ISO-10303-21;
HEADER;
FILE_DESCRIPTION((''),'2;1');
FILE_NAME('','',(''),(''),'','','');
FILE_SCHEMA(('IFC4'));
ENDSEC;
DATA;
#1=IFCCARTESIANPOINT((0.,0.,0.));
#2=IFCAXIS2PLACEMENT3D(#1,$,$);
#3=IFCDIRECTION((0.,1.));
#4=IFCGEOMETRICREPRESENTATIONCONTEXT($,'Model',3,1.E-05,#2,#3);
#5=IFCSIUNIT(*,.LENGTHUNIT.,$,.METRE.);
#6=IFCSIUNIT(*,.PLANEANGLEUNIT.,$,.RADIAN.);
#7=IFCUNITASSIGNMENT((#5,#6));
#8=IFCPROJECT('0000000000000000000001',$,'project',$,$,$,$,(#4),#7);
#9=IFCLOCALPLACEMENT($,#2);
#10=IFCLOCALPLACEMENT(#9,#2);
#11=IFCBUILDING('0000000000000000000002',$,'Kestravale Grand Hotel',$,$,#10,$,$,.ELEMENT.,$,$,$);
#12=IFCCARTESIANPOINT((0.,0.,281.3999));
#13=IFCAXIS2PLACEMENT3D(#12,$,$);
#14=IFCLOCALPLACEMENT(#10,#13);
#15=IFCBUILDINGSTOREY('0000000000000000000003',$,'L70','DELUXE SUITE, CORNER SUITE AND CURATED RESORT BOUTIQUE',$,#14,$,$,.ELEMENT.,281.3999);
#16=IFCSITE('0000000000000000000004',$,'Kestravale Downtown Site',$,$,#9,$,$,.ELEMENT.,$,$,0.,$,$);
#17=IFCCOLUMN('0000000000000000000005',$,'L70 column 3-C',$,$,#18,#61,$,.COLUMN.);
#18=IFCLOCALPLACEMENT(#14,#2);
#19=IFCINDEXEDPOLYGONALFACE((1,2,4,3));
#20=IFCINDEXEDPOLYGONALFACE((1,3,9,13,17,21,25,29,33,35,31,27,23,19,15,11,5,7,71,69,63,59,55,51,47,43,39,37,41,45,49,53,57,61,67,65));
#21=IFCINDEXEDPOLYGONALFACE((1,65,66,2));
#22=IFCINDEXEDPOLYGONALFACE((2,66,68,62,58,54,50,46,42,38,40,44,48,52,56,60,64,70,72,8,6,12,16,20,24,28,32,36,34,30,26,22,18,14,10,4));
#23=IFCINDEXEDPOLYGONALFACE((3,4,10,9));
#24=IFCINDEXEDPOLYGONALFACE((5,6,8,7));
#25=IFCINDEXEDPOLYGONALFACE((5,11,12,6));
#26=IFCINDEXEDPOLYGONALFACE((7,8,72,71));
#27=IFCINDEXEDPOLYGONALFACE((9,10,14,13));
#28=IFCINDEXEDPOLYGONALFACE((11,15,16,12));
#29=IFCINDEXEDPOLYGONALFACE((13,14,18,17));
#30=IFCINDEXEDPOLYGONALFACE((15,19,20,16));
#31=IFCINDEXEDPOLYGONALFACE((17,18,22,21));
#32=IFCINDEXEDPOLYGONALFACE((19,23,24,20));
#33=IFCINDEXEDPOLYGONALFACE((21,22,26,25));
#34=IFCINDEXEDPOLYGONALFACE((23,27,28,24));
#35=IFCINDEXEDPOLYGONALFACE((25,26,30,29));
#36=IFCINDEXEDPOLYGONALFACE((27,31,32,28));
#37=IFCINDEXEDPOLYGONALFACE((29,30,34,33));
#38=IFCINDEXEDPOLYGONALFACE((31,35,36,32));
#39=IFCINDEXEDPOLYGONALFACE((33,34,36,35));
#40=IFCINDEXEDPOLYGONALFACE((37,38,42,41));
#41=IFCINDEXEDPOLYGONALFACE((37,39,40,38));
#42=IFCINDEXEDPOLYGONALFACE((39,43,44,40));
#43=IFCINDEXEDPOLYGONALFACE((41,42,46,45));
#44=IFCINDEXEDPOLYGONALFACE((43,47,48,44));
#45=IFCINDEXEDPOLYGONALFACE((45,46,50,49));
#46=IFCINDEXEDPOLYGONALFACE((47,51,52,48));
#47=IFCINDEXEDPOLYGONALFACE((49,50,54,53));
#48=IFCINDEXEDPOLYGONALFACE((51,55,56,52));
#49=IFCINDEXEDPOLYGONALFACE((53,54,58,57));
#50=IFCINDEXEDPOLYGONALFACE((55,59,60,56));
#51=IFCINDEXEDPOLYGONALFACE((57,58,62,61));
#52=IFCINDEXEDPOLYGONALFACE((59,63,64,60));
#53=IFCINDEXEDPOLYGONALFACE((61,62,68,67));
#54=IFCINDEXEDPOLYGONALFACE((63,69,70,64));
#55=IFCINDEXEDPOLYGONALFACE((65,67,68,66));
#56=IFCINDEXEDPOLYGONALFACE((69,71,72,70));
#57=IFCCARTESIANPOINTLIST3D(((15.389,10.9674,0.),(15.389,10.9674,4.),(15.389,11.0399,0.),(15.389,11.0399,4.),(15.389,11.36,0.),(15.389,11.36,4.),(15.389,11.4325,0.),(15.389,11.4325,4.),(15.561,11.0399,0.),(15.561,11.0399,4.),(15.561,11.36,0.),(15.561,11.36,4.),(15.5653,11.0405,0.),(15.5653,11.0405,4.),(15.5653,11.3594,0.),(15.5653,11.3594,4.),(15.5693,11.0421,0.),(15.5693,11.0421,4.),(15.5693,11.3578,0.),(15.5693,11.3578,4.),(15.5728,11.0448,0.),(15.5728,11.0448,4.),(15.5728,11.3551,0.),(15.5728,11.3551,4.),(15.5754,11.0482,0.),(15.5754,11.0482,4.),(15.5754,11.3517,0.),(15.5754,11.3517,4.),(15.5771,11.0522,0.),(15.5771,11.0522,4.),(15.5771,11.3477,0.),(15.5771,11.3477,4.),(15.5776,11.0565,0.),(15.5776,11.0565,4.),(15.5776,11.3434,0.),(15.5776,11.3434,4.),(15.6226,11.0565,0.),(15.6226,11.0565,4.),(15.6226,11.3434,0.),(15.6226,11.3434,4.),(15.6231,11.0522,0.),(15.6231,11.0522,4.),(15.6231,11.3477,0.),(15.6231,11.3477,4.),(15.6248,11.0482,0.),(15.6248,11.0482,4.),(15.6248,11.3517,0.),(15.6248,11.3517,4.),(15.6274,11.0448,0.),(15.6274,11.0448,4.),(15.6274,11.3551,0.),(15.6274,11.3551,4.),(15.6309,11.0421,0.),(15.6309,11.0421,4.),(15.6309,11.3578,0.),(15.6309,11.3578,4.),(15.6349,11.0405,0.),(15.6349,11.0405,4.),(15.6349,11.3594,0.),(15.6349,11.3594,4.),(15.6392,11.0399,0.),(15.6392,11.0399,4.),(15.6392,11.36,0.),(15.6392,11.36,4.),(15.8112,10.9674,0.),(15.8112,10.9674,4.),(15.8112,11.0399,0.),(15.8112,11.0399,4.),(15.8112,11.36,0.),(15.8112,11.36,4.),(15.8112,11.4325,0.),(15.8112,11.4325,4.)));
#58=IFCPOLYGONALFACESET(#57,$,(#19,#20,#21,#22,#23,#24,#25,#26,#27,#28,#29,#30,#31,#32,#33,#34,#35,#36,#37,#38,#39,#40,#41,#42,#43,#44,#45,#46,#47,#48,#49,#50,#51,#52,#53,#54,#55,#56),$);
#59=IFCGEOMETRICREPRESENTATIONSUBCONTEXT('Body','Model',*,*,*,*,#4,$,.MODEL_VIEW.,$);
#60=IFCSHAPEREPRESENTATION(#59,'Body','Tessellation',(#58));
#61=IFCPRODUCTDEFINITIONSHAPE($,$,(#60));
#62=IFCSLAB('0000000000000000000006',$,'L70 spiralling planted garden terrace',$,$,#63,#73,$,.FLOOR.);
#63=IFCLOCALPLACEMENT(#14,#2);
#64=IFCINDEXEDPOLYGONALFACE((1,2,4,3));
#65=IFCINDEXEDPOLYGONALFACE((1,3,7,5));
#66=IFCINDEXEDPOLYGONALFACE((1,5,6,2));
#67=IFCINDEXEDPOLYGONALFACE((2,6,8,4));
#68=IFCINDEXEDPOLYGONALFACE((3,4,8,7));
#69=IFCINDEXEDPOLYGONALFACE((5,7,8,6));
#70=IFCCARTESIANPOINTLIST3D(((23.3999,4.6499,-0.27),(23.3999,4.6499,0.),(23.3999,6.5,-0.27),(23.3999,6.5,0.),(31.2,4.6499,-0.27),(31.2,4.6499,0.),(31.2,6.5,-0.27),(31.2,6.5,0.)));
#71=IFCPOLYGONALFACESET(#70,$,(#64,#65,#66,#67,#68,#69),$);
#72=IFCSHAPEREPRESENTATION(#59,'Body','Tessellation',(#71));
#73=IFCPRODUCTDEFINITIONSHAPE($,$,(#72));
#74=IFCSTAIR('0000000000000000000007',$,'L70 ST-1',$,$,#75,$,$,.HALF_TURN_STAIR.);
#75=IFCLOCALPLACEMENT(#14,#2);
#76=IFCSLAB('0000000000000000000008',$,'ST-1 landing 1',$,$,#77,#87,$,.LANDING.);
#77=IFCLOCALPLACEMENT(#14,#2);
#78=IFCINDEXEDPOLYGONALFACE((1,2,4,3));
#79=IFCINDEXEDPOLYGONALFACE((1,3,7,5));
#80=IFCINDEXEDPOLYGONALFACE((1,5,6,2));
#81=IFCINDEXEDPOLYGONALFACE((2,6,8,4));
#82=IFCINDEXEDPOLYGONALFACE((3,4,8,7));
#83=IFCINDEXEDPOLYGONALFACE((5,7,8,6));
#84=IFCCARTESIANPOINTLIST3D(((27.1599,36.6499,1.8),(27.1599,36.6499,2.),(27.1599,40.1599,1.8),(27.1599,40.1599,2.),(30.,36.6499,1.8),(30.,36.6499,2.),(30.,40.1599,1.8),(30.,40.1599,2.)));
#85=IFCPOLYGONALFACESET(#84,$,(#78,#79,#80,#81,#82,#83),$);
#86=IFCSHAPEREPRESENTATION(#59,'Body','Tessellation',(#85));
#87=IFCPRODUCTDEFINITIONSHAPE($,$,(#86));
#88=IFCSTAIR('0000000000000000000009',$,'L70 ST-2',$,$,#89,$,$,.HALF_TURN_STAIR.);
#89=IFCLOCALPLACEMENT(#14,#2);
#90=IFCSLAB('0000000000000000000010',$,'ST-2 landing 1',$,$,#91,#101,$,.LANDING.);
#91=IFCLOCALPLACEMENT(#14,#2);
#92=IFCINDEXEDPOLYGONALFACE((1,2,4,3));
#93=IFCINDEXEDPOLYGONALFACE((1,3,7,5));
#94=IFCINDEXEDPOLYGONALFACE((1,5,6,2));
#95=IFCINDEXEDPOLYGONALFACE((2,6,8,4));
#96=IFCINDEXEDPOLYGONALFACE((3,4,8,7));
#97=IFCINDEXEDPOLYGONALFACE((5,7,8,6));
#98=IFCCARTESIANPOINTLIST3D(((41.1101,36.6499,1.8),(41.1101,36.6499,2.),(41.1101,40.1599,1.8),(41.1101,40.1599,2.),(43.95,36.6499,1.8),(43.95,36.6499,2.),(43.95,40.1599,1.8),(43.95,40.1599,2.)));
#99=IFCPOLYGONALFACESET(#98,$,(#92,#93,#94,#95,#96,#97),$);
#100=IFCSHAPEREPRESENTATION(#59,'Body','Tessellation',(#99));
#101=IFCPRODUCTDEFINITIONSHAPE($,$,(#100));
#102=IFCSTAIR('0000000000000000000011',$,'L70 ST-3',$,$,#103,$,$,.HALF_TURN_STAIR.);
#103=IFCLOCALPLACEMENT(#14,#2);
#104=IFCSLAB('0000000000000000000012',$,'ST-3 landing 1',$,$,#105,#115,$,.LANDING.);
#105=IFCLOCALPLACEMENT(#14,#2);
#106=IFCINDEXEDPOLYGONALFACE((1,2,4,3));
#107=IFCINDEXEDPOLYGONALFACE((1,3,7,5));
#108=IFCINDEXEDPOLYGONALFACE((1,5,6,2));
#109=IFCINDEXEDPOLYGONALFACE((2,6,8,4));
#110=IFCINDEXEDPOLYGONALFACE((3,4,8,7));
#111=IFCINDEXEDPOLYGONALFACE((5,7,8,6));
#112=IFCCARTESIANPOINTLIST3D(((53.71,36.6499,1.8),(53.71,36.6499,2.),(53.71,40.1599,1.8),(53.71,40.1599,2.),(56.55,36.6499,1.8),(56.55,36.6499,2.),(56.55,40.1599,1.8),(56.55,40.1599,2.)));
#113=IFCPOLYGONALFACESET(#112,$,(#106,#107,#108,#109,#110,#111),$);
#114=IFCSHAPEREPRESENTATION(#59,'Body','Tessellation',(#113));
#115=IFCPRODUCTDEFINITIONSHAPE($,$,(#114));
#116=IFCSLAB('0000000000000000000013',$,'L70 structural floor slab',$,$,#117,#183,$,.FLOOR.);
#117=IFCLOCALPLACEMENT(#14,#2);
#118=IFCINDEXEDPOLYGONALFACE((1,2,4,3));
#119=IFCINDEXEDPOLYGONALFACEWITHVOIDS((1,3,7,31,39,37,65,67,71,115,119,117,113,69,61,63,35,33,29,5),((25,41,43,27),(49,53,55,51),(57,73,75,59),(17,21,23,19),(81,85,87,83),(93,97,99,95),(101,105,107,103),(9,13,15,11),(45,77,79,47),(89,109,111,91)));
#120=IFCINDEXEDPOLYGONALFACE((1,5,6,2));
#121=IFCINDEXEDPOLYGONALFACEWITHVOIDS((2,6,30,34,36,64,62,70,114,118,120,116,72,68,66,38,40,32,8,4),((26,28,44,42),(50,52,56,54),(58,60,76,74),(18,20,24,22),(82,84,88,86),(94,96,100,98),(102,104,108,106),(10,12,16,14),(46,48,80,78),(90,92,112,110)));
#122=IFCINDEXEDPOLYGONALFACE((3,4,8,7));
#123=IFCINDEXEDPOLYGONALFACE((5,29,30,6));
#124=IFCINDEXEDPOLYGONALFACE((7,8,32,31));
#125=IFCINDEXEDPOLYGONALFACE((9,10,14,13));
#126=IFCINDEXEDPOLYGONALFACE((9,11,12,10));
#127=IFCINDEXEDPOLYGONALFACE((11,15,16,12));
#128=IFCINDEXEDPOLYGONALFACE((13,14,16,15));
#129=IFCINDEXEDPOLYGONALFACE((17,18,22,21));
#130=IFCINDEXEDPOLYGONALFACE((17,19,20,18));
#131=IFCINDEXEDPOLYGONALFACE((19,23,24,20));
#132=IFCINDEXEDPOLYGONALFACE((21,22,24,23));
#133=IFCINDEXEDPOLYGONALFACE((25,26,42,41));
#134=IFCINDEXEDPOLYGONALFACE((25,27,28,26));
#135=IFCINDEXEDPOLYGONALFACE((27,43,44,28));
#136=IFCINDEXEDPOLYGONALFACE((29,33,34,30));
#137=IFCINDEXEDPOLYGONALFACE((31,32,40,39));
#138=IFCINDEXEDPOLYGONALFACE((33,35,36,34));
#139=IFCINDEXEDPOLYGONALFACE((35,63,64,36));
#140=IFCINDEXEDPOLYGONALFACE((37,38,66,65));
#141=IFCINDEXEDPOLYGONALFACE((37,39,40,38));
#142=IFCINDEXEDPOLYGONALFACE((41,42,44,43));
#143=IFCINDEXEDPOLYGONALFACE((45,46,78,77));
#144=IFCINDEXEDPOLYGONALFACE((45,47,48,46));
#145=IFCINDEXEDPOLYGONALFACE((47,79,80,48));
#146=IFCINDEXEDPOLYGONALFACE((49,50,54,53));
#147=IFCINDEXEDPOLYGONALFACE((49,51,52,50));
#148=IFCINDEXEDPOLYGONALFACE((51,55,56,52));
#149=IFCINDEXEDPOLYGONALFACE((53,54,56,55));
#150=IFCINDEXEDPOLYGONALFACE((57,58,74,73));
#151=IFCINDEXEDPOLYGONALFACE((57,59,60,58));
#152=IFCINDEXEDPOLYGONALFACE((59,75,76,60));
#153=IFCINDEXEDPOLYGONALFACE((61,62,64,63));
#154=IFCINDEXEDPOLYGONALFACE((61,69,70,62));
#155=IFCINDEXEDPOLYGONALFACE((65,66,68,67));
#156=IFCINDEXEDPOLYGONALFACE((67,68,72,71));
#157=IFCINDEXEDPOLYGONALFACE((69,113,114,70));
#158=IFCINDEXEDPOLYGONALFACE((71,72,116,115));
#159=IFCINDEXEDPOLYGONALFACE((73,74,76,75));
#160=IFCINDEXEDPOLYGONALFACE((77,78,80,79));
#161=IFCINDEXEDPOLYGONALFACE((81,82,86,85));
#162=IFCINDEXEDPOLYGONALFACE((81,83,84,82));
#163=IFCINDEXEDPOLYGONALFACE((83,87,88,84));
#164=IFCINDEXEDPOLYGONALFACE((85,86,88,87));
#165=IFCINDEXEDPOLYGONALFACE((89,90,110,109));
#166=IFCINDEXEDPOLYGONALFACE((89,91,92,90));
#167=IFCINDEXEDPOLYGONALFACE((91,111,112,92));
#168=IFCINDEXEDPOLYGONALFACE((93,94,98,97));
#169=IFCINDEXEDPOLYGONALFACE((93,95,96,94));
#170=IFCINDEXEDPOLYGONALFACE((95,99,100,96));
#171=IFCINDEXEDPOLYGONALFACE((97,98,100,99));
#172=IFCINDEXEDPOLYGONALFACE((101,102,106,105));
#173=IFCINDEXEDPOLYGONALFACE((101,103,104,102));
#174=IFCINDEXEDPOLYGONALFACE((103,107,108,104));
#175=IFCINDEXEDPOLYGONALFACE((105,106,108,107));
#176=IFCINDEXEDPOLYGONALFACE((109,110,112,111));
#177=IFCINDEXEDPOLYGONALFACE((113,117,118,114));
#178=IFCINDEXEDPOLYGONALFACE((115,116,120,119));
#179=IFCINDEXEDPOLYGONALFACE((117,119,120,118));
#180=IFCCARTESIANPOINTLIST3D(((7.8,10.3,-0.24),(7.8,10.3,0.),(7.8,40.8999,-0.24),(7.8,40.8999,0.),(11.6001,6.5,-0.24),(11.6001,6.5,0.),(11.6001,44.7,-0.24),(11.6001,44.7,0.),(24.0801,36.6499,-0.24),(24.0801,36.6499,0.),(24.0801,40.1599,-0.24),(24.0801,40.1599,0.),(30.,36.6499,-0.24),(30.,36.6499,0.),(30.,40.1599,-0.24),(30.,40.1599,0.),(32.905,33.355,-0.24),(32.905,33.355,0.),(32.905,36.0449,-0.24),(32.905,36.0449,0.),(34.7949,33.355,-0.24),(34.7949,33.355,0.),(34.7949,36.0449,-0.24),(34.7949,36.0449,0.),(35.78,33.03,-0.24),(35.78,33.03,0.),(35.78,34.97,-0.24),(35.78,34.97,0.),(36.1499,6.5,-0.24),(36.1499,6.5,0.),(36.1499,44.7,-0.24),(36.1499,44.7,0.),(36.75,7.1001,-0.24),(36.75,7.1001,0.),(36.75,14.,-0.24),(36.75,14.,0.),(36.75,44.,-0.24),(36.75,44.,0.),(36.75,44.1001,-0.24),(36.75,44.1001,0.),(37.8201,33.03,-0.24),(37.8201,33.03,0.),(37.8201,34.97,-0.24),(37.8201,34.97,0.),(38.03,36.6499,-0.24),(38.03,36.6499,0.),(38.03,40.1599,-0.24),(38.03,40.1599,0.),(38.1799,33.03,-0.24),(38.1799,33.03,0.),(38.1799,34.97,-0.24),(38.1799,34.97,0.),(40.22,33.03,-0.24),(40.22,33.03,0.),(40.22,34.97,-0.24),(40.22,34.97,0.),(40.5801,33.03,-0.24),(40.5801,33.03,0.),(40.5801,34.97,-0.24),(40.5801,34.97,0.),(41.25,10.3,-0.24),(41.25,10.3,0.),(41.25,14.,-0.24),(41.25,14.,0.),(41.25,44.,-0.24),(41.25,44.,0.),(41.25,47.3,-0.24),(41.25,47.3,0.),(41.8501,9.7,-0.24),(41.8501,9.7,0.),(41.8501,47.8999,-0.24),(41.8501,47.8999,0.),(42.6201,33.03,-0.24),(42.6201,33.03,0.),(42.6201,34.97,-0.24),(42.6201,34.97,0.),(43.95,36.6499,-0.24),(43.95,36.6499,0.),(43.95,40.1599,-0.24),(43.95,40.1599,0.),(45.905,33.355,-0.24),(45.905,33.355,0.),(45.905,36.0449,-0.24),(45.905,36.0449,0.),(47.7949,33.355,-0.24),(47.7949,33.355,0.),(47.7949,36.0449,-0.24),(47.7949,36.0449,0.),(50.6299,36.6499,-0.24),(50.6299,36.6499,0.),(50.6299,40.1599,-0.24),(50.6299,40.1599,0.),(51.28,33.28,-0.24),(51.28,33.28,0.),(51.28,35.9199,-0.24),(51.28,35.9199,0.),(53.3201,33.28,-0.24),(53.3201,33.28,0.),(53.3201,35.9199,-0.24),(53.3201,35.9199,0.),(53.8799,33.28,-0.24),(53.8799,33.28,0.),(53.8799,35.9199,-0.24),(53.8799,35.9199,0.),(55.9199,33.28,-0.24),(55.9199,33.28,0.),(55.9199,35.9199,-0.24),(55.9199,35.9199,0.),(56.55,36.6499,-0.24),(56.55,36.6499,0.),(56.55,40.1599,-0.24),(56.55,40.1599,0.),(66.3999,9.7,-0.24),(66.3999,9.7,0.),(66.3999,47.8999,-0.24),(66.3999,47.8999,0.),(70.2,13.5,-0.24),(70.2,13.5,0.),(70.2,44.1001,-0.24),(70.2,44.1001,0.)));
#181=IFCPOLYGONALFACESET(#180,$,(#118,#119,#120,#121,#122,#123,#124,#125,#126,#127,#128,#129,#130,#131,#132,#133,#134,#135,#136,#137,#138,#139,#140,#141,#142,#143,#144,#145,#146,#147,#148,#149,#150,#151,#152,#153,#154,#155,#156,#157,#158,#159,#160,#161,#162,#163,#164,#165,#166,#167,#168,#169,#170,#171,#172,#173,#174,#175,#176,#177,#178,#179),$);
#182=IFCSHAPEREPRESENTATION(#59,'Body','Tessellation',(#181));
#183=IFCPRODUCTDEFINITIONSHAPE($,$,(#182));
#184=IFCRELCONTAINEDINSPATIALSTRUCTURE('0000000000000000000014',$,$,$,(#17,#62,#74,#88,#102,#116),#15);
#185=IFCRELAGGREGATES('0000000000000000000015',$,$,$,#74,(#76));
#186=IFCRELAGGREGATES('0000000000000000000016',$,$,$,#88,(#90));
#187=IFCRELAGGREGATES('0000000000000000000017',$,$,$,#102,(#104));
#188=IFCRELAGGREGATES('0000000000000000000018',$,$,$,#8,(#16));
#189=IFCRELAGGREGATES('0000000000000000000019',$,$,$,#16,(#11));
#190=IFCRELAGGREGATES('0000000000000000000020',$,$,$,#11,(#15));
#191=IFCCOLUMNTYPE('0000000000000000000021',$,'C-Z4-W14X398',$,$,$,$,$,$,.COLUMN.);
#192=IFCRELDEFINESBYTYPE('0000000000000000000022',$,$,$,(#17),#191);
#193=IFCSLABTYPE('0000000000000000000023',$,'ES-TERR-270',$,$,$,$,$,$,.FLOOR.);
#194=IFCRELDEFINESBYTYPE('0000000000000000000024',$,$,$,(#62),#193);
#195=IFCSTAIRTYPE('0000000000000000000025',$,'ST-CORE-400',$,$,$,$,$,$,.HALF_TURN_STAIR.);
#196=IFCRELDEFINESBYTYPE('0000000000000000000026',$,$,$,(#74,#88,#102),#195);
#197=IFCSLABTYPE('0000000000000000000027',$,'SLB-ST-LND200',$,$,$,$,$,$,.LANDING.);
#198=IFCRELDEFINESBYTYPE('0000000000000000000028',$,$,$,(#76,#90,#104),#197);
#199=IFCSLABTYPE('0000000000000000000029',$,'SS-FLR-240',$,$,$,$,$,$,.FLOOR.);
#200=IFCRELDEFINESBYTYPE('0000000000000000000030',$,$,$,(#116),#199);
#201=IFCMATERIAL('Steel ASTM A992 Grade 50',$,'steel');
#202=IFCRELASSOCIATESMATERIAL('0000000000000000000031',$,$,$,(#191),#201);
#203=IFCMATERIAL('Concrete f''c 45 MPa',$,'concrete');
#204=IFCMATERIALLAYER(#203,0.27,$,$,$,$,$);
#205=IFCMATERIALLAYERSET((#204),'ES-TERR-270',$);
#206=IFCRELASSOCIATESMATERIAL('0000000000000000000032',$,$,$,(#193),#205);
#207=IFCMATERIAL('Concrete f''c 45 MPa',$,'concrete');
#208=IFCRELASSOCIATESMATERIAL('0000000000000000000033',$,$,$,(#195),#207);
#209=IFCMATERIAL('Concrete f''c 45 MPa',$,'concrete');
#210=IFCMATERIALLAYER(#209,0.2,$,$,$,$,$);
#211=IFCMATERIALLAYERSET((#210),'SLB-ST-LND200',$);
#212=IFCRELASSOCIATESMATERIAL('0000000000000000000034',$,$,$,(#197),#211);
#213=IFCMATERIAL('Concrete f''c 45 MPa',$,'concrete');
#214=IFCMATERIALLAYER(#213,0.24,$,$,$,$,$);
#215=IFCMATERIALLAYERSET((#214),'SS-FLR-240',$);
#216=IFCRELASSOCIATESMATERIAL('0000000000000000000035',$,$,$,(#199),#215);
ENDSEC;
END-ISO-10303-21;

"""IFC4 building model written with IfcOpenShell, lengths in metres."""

from ifc_helpers import new_model, si_unit, direction, frame, origin, origin_2d, place, context, subcontext, project, spatial, polyline, i_section, outline, extrude, material, layer, layer_set, material_profile, profile_set, type_object, element, aggregate, save


model = new_model("IFC4")

# Units and contexts
model_context = context("Model", 3, precision=1e-05, world=origin(), true_north=direction((0.0, 1.0)))
body_context = subcontext(model_context, "Body", "Model", "MODEL_VIEW")
ifc_project = project(units=[si_unit("LENGTHUNIT", "METRE"), si_unit("PLANEANGLEUNIT", "RADIAN")], contexts=[model_context])

# Site, building, storey
site_placement = place(None, origin())
site = spatial("IfcSite", under=ifc_project, at=site_placement, Name="Kestravale Downtown Site", CompositionType="ELEMENT", RefElevation=0.0)
building_placement = place(site_placement, origin())
building = spatial("IfcBuilding", under=site, at=building_placement, Name="Kestravale Grand Hotel", CompositionType="ELEMENT")
storey_placement = place(building_placement, frame((0.0, 0.0, 281.3999)))
storey = spatial("IfcBuildingStorey", under=building, at=storey_placement, Name="L70", Description="DELUXE SUITE, CORNER SUITE AND CURATED RESORT BOUTIQUE", CompositionType="ELEMENT", Elevation=281.3999)

# Column
ifc_material_1 = material(Name="Steel ASTM A992 Grade 50", Category="steel")
ifc_material_profile = material_profile(ifc_material_1, i_section(OverallWidth=0.4221, OverallDepth=0.4651, WebThickness=0.0449, FlangeThickness=0.0725, FilletRadius=0.0166, at=origin_2d()))
ifc_profile_set = profile_set([ifc_material_profile], Name="Steel ASTM A992 Grade 50")
column_type = type_object("IfcColumnType", Name="C-Z4-W14X398", PredefinedType="COLUMN", material=ifc_profile_set)
column_placement = place(storey_placement, frame((15.6001, 11.2, 0.0), z_axis=(0.0, 0.0, 1.0), x_axis=(1.0, 0.0, 0.0)))
element("IfcColumn", 1, at=column_placement, inside=storey, type_object=column_type, Name="L70 column 3-C", PredefinedType="COLUMN", context=body_context, shape_type="SweptSolid", body=[
    extrude(i_section(OverallWidth=0.4221, OverallDepth=0.4651, WebThickness=0.0449, FlangeThickness=0.0725, FilletRadius=0.0166, at=origin_2d()), origin(), (0.0, 0.0, 1.0), 4.0),
])

# Slab
ifc_material_2 = material(Name="Concrete f'c 45 MPa", Category="concrete")
ifc_layer_1 = layer(ifc_material_2, 0.27)
ifc_layer_set_1 = layer_set([ifc_layer_1], Name="ES-TERR-270")
slab_type_1 = type_object("IfcSlabType", Name="ES-TERR-270", PredefinedType="FLOOR", material=ifc_layer_set_1)
slab_1_placement = place(storey_placement, frame((0.0, 0.0, -0.27)))
element("IfcSlab", 2, at=slab_1_placement, inside=storey, type_object=slab_type_1, Name="L70 spiralling planted garden terrace", PredefinedType="FLOOR", context=body_context, shape_type="SweptSolid", body=[
    extrude(outline(polyline([(23.3999, 4.6499), (31.2, 4.6499), (31.2, 6.5), (23.3999, 6.5), (23.3999, 4.6499)])), origin(), (0.0, 0.0, 1.0), 0.27),
])

# Stairs, slabs
ifc_material_3 = material(Name="Concrete f'c 45 MPa", Category="concrete")
stair_type = type_object("IfcStairType", Name="ST-CORE-400", PredefinedType="HALF_TURN_STAIR", material=ifc_material_3)
stair_1_placement = place(storey_placement, origin())
stair_1 = element("IfcStair", 3, at=stair_1_placement, inside=storey, type_object=stair_type, Name="L70 ST-1", PredefinedType="HALF_TURN_STAIR")
ifc_material_4 = material(Name="Concrete f'c 45 MPa", Category="concrete")
ifc_layer_2 = layer(ifc_material_4, 0.2)
ifc_layer_set_2 = layer_set([ifc_layer_2], Name="SLB-ST-LND200")
slab_type_2 = type_object("IfcSlabType", Name="SLB-ST-LND200", PredefinedType="LANDING", material=ifc_layer_set_2)
slab_2_placement = place(storey_placement, frame((0.0, 0.0, 1.8)))
slab_2 = element("IfcSlab", 4, at=slab_2_placement, type_object=slab_type_2, Name="ST-1 landing 1", PredefinedType="LANDING", context=body_context, shape_type="SweptSolid", body=[
    extrude(outline(polyline([(27.1599, 36.6499), (30.0, 36.6499), (30.0, 40.1599), (27.1599, 40.1599), (27.1599, 36.6499)])), origin(), (0.0, 0.0, 1.0), 0.2),
])
aggregate(stair_1, [slab_2])
stair_2_placement = place(storey_placement, origin())
stair_2 = element("IfcStair", 5, at=stair_2_placement, inside=storey, type_object=stair_type, Name="L70 ST-2", PredefinedType="HALF_TURN_STAIR")
slab_3_placement = place(storey_placement, frame((0.0, 0.0, 1.8)))
slab_3 = element("IfcSlab", 6, at=slab_3_placement, type_object=slab_type_2, Name="ST-2 landing 1", PredefinedType="LANDING", context=body_context, shape_type="SweptSolid", body=[
    extrude(outline(polyline([(41.1101, 36.6499), (43.95, 36.6499), (43.95, 40.1599), (41.1101, 40.1599), (41.1101, 36.6499)])), origin(), (0.0, 0.0, 1.0), 0.2),
])
aggregate(stair_2, [slab_3])
stair_3_placement = place(storey_placement, origin())
stair_3 = element("IfcStair", 7, at=stair_3_placement, inside=storey, type_object=stair_type, Name="L70 ST-3", PredefinedType="HALF_TURN_STAIR")
slab_4_placement = place(storey_placement, frame((0.0, 0.0, 1.8)))
slab_4 = element("IfcSlab", 8, at=slab_4_placement, type_object=slab_type_2, Name="ST-3 landing 1", PredefinedType="LANDING", context=body_context, shape_type="SweptSolid", body=[
    extrude(outline(polyline([(53.71, 36.6499), (56.55, 36.6499), (56.55, 40.1599), (53.71, 40.1599), (53.71, 36.6499)])), origin(), (0.0, 0.0, 1.0), 0.2),
])
aggregate(stair_3, [slab_4])

# Slab
ifc_material_5 = material(Name="Concrete f'c 45 MPa", Category="concrete")
ifc_layer_3 = layer(ifc_material_5, 0.24)
ifc_layer_set_3 = layer_set([ifc_layer_3], Name="SS-FLR-240")
slab_type_3 = type_object("IfcSlabType", Name="SS-FLR-240", PredefinedType="FLOOR", material=ifc_layer_set_3)
slab_5_placement = place(storey_placement, frame((0.0, 0.0, -0.24)))
element("IfcSlab", 9, at=slab_5_placement, inside=storey, type_object=slab_type_3, Name="L70 structural floor slab", PredefinedType="FLOOR", context=body_context, shape_type="SweptSolid", body=[
    extrude(outline(polyline([(11.6001, 6.5), (36.1499, 6.5), (36.75, 7.1001), (36.75, 14.0), (41.25, 14.0), (41.25, 10.3), (41.8501, 9.7), (66.3999, 9.7), (70.2, 13.5), (70.2, 44.1001), (66.3999, 47.8999), (41.8501, 47.8999), (41.25, 47.3), (41.25, 44.0), (36.75, 44.0), (36.75, 44.1001), (36.1499, 44.7), (11.6001, 44.7), (7.8, 40.8999), (7.8, 10.3), (11.6001, 6.5)]), holes=[polyline([(24.0801, 36.6499), (30.0, 36.6499), (30.0, 40.1599), (24.0801, 40.1599), (24.0801, 36.6499)]), polyline([(38.03, 36.6499), (43.95, 36.6499), (43.95, 40.1599), (38.03, 40.1599), (38.03, 36.6499)]), polyline([(50.6299, 36.6499), (56.55, 36.6499), (56.55, 40.1599), (50.6299, 40.1599), (50.6299, 36.6499)]), polyline([(35.78, 33.03), (37.8201, 33.03), (37.8201, 34.97), (35.78, 34.97), (35.78, 33.03)]), polyline([(38.1799, 33.03), (40.22, 33.03), (40.22, 34.97), (38.1799, 34.97), (38.1799, 33.03)]), polyline([(40.5801, 33.03), (42.6201, 33.03), (42.6201, 34.97), (40.5801, 34.97), (40.5801, 33.03)]), polyline([(32.905, 33.355), (34.7949, 33.355), (34.7949, 36.0449), (32.905, 36.0449), (32.905, 33.355)]), polyline([(45.905, 33.355), (47.7949, 33.355), (47.7949, 36.0449), (45.905, 36.0449), (45.905, 33.355)]), polyline([(51.28, 33.28), (53.3201, 33.28), (53.3201, 35.9199), (51.28, 35.9199), (51.28, 33.28)]), polyline([(53.8799, 33.28), (55.9199, 33.28), (55.9199, 35.9199), (53.8799, 35.9199), (53.8799, 33.28)])]), origin(), (0.0, 0.0, 1.0), 0.24),
])

save(model, "model.ifc")
